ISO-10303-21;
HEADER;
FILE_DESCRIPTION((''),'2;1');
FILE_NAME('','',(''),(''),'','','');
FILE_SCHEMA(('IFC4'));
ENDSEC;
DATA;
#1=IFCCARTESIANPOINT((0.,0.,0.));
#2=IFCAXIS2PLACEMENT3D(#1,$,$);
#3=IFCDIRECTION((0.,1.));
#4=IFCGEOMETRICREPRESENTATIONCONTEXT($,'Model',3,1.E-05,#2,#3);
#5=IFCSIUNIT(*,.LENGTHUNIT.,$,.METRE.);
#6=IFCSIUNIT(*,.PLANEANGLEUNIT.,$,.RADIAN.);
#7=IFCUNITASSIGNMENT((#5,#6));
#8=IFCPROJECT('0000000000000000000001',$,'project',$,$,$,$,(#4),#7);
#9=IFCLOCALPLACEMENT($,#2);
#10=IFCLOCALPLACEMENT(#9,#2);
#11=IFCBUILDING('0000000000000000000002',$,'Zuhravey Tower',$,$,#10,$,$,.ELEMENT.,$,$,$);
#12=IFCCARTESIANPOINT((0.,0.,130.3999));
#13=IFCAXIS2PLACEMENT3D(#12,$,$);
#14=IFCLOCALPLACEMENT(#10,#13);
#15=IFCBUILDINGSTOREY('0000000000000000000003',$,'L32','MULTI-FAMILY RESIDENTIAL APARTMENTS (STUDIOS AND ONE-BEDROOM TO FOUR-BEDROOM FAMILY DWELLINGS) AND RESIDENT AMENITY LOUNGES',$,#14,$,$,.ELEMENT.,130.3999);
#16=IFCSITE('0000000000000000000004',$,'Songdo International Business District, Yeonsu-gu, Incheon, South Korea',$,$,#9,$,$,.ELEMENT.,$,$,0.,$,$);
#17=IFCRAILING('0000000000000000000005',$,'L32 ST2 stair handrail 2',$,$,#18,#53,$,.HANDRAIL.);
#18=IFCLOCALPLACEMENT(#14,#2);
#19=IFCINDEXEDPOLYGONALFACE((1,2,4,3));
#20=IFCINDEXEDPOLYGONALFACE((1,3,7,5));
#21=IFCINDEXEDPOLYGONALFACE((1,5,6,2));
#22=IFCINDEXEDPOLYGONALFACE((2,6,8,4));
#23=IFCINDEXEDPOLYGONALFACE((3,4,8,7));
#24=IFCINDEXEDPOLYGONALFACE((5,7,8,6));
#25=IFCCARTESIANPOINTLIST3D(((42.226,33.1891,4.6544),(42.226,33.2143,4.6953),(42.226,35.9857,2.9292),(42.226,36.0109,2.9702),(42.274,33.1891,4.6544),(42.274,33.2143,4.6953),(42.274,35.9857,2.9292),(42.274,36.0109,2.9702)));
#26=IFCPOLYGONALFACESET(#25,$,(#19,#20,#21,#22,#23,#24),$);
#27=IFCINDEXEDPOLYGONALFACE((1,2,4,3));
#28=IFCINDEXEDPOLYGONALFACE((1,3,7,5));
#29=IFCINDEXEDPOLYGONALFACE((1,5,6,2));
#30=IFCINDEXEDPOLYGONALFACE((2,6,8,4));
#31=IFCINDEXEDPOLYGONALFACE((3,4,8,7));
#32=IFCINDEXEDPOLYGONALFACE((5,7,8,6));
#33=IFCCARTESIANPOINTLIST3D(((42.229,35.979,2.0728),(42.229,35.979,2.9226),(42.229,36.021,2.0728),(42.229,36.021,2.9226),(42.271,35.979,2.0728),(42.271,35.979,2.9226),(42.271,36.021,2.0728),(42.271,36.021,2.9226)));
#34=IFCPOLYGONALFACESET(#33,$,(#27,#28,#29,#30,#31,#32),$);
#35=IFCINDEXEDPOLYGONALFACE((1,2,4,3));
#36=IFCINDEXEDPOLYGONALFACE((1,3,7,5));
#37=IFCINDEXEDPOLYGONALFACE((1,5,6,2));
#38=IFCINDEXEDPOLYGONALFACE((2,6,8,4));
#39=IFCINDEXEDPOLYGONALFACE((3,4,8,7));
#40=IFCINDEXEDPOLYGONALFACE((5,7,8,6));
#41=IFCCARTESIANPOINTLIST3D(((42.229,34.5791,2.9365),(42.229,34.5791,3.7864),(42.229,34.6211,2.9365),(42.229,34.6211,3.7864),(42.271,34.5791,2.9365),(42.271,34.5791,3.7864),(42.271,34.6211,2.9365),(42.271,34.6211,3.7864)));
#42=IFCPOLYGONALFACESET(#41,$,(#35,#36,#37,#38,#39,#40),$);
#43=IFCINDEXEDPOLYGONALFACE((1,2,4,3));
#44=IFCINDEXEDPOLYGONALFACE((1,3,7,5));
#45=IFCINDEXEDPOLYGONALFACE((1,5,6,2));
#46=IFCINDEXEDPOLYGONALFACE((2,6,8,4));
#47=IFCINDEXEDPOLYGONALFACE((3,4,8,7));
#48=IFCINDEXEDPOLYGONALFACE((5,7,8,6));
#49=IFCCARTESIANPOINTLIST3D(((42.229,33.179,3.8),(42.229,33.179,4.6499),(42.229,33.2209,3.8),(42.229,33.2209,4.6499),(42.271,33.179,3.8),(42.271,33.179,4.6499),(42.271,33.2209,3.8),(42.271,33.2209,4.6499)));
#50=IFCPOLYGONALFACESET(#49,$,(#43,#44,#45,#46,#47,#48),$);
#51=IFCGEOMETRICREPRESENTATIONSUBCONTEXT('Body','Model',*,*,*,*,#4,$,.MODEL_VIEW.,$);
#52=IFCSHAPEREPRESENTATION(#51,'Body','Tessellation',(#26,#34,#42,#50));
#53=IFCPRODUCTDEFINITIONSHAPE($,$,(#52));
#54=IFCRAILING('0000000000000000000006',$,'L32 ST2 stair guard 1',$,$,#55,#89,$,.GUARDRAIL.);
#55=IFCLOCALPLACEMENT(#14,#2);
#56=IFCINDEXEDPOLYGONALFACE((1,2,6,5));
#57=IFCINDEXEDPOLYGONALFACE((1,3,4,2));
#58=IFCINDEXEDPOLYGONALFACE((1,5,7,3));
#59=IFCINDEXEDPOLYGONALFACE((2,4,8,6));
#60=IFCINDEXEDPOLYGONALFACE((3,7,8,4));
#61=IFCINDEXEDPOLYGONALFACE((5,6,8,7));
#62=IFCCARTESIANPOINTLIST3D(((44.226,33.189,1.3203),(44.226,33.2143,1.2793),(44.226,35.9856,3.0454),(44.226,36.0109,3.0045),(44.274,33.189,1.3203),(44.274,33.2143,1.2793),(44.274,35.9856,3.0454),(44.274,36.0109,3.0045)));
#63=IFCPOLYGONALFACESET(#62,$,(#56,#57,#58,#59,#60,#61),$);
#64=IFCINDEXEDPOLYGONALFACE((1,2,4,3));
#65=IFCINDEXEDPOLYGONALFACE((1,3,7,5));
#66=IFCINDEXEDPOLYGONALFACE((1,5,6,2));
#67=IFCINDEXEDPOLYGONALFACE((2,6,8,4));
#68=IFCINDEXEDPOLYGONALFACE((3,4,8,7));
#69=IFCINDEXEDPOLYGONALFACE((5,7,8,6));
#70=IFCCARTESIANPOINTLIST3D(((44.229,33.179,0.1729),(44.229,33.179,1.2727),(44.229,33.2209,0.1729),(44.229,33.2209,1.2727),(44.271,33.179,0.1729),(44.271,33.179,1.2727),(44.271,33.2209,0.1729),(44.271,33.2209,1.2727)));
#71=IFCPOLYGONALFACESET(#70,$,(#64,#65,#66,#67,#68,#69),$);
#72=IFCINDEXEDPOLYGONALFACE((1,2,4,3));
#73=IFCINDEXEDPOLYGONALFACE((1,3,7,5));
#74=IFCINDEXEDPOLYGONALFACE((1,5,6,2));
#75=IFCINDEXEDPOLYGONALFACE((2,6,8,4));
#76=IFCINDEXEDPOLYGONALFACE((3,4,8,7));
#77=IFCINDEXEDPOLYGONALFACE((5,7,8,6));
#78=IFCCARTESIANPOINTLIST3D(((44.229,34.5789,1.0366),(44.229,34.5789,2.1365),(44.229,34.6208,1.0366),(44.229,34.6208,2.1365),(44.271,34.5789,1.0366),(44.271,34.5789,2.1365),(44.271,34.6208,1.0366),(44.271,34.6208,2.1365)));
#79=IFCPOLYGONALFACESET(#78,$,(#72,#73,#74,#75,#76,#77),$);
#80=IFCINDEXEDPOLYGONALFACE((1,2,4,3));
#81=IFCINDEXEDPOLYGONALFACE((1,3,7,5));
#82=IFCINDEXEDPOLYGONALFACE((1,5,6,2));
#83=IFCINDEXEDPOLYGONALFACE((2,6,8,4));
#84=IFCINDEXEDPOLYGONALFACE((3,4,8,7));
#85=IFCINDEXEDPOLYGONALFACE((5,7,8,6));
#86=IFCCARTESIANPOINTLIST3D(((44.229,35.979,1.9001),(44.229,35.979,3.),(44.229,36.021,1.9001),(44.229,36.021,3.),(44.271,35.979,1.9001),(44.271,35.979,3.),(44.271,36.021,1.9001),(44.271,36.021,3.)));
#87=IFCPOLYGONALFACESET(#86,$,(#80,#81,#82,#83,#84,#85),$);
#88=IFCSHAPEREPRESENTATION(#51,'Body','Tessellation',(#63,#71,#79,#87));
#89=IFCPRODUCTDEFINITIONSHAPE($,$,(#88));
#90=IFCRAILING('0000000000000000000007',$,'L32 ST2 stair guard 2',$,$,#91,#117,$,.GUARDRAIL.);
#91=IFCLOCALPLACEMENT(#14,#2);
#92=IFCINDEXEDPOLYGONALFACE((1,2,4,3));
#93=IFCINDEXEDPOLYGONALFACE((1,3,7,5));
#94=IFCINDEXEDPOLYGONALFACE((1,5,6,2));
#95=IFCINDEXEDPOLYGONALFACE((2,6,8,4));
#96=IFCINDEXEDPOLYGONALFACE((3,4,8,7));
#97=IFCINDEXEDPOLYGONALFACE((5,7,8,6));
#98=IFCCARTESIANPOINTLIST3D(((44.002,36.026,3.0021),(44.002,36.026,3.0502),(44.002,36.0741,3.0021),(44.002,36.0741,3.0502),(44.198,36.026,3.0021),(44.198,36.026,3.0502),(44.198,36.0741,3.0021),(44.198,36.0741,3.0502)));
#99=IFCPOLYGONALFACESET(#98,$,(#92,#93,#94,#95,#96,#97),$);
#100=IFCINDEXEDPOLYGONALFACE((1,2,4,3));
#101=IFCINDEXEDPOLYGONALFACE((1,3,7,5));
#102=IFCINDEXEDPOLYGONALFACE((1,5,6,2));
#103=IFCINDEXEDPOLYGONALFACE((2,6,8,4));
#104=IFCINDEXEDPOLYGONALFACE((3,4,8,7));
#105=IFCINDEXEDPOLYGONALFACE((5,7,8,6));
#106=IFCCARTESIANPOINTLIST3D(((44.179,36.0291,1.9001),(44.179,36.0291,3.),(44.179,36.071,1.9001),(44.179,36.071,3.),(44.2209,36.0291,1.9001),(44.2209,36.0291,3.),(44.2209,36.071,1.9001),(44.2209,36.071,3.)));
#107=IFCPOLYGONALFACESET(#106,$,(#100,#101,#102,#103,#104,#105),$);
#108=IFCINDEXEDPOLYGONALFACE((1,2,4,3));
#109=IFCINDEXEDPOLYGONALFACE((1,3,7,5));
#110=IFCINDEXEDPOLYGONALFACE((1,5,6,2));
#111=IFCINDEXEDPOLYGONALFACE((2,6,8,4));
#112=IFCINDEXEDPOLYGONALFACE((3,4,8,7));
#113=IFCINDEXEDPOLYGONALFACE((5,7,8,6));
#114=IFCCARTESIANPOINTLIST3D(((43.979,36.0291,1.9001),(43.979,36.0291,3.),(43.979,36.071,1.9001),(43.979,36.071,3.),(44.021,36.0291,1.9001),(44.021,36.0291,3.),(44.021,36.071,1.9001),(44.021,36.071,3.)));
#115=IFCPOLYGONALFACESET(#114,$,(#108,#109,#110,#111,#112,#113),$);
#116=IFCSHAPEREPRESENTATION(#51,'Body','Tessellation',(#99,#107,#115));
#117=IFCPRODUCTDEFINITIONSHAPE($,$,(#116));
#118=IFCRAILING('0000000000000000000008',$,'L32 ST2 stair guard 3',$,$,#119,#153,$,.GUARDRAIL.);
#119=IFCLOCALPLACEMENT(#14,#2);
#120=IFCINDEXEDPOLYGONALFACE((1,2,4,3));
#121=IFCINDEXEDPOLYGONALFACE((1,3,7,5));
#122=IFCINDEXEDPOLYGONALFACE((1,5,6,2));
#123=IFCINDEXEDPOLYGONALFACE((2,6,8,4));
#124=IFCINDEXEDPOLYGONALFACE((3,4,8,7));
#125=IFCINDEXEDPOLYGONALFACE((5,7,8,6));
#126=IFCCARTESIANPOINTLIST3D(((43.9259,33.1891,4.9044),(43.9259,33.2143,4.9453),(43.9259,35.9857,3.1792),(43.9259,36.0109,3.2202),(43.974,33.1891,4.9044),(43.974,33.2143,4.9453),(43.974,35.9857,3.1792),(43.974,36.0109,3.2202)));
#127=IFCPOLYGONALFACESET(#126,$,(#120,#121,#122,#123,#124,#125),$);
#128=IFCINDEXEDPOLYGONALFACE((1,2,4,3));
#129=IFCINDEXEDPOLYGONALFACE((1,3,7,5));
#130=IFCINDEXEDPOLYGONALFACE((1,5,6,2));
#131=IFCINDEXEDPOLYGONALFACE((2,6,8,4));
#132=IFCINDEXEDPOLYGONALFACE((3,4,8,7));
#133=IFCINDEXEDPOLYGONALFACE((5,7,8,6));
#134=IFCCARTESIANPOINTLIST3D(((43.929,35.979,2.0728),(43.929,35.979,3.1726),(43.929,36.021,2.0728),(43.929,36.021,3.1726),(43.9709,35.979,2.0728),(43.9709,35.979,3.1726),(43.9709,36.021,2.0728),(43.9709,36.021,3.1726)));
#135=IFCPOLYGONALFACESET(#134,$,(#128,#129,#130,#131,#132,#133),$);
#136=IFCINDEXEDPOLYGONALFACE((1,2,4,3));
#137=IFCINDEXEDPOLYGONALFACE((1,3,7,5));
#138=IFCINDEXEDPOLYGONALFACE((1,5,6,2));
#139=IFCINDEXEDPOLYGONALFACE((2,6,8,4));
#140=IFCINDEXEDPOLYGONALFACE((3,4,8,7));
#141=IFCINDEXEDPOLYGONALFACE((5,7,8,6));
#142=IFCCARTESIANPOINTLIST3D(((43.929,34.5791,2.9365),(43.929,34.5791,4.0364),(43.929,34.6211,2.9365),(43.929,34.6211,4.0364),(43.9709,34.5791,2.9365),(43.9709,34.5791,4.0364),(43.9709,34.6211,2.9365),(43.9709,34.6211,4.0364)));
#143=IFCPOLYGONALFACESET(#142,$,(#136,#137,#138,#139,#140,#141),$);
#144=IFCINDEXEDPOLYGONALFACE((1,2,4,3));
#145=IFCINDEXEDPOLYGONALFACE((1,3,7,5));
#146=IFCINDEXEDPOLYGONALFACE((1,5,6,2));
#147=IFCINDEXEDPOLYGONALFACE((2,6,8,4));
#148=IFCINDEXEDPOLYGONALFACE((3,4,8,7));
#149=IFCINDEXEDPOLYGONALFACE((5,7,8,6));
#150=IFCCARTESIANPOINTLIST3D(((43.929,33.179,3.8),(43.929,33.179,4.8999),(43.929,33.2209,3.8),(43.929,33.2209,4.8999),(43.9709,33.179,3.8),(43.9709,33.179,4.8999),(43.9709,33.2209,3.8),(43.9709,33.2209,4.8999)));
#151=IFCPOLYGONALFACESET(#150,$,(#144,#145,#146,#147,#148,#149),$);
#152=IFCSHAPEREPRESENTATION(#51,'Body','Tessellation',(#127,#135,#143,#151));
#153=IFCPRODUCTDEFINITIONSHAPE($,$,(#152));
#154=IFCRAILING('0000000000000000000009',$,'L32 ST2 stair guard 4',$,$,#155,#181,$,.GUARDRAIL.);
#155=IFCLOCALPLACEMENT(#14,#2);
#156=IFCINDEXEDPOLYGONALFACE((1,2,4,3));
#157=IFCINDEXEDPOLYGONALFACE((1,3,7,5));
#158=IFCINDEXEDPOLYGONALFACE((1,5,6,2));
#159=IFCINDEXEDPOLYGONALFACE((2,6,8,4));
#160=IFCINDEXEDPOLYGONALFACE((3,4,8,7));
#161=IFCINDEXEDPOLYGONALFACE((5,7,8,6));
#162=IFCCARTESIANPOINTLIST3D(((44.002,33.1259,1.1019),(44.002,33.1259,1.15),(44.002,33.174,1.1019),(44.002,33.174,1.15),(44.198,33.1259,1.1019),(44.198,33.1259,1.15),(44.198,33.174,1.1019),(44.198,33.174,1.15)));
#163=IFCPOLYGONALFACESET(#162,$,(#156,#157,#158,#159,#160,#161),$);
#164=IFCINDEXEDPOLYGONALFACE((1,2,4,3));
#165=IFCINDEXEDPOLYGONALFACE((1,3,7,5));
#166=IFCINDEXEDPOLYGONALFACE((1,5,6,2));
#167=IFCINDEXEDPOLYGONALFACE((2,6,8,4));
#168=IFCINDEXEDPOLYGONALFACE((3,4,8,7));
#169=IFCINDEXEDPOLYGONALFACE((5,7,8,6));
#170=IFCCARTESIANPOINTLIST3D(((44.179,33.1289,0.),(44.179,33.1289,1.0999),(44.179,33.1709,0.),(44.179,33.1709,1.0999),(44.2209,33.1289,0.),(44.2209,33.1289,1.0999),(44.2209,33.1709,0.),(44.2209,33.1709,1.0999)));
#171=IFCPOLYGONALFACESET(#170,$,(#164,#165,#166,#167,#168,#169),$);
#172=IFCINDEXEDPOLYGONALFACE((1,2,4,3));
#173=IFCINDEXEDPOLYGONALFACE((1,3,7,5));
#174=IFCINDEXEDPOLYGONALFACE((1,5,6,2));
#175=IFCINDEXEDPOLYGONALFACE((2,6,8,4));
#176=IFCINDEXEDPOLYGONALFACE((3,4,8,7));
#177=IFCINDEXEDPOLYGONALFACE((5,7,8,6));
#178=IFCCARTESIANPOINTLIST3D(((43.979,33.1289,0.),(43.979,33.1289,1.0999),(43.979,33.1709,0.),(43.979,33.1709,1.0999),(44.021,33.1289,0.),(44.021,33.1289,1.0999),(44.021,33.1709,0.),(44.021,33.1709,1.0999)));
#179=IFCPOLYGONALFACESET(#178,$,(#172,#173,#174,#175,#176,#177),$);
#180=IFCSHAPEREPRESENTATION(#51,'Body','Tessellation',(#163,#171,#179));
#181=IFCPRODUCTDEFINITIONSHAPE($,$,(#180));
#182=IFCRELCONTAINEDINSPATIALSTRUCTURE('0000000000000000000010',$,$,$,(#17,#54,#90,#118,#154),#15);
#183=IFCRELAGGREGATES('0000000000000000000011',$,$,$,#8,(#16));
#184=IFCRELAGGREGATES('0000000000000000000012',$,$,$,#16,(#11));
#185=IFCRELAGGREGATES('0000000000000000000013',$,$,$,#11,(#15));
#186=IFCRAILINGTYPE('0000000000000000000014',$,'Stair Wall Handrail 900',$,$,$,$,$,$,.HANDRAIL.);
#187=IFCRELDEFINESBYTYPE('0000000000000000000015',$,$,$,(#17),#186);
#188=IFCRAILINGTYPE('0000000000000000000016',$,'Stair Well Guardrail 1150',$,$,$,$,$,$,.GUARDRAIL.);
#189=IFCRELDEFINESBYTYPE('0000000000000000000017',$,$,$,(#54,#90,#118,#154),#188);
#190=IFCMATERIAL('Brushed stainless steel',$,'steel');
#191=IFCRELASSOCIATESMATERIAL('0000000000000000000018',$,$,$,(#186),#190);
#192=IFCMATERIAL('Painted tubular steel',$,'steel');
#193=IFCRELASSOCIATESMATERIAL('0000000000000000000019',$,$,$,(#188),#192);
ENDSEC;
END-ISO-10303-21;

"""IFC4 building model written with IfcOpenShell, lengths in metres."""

from ifc_helpers import new_model, si_unit, direction, frame, origin, origin_2d, place, context, subcontext, project, spatial, rectangle, extrude, material, type_object, element, save


model = new_model("IFC4")

# Units and contexts
model_context = context("Model", 3, precision=1e-05, world=origin(), true_north=direction((0.0, 1.0)))
body_context = subcontext(model_context, "Body", "Model", "MODEL_VIEW")
ifc_project = project(units=[si_unit("LENGTHUNIT", "METRE"), si_unit("PLANEANGLEUNIT", "RADIAN")], contexts=[model_context])

# Site, building, storey
site_placement = place(None, origin())
site = spatial("IfcSite", under=ifc_project, at=site_placement, Name="Songdo International Business District, Yeonsu-gu, Incheon, South Korea", CompositionType="ELEMENT", RefElevation=0.0)
building_placement = place(site_placement, origin())
building = spatial("IfcBuilding", under=site, at=building_placement, Name="Zuhravey Tower", CompositionType="ELEMENT")
storey_placement = place(building_placement, frame((0.0, 0.0, 130.3999)))
storey = spatial("IfcBuildingStorey", under=building, at=storey_placement, Name="L32", Description="MULTI-FAMILY RESIDENTIAL APARTMENTS (STUDIOS AND ONE-BEDROOM TO FOUR-BEDROOM FAMILY DWELLINGS) AND RESIDENT AMENITY LOUNGES", CompositionType="ELEMENT", Elevation=130.3999)

# Railings
ifc_material_1 = material(Name="Brushed stainless steel", Category="steel")
railing_type_1 = type_object("IfcRailingType", Name="Stair Wall Handrail 900", PredefinedType="HANDRAIL", material=ifc_material_1)
railing_1_placement = place(storey_placement, frame((42.25, 36.0, 2.0728)))
element("IfcRailing", 1, at=railing_1_placement, inside=storey, type_object=railing_type_1, Name="L32 ST2 stair handrail 2", PredefinedType="HANDRAIL", context=body_context, shape_type="SweptSolid", body=[
    extrude(rectangle(XDim=0.0481, YDim=0.0481, at=origin_2d()), frame((0.0, -0.0017, 0.877), z_axis=(0.0, -0.85109, 0.52502), x_axis=(1.0, 0.0, 0.0)), (0.0, 0.0, 1.0), 3.2859),
    extrude(rectangle(XDim=0.042, YDim=0.042, at=origin_2d()), origin(), (0.0, 0.0, 1.0), 0.8499),
    extrude(rectangle(XDim=0.042, YDim=0.042, at=origin_2d()), frame((0.0, -1.3999, 0.8638)), (0.0, 0.0, 1.0), 0.8499),
    extrude(rectangle(XDim=0.042, YDim=0.042, at=origin_2d()), frame((0.0, -2.8, 1.7273)), (0.0, 0.0, 1.0), 0.8499),
])
ifc_material_2 = material(Name="Painted tubular steel", Category="steel")
railing_type_2 = type_object("IfcRailingType", Name="Stair Well Guardrail 1150", PredefinedType="GUARDRAIL", material=ifc_material_2)
railing_2_placement = place(storey_placement, frame((44.25, 33.2, 0.1729)))
element("IfcRailing", 2, at=railing_2_placement, inside=storey, type_object=railing_type_2, Name="L32 ST2 stair guard 1", PredefinedType="GUARDRAIL", context=body_context, shape_type="SweptSolid", body=[
    extrude(rectangle(XDim=0.0481, YDim=0.0481, at=origin_2d()), frame((0.0, 0.0017, 1.127), z_axis=(0.0, 0.85109, 0.52502), x_axis=(-1.0, 0.0, 0.0)), (0.0, 0.0, 1.0), 3.2859),
    extrude(rectangle(XDim=0.042, YDim=0.042, at=origin_2d()), origin(), (0.0, 0.0, 1.0), 1.0999),
    extrude(rectangle(XDim=0.042, YDim=0.042, at=origin_2d()), frame((0.0, 1.3999, 0.8638)), (0.0, 0.0, 1.0), 1.0999),
    extrude(rectangle(XDim=0.042, YDim=0.042, at=origin_2d()), frame((0.0, 2.8, 1.7273)), (0.0, 0.0, 1.0), 1.0999),
])
railing_3_placement = place(storey_placement, frame((44.2, 36.05, 1.9001)))
element("IfcRailing", 3, at=railing_3_placement, inside=storey, type_object=railing_type_2, Name="L32 ST2 stair guard 2", PredefinedType="GUARDRAIL", context=body_context, shape_type="SweptSolid", body=[
    extrude(rectangle(XDim=0.0481, YDim=0.0481, at=origin_2d()), frame((-0.002, 0.0, 1.126), z_axis=(-1.0, 0.0, 0.0), x_axis=(0.0, -1.0, 0.0)), (0.0, 0.0, 1.0), 0.196),
    extrude(rectangle(XDim=0.042, YDim=0.042, at=origin_2d()), origin(), (0.0, 0.0, 1.0), 1.0999),
    extrude(rectangle(XDim=0.042, YDim=0.042, at=origin_2d()), frame((-0.2, 0.0, 0.0)), (0.0, 0.0, 1.0), 1.0999),
])
railing_4_placement = place(storey_placement, frame((43.95, 36.0, 2.0728)))
element("IfcRailing", 4, at=railing_4_placement, inside=storey, type_object=railing_type_2, Name="L32 ST2 stair guard 3", PredefinedType="GUARDRAIL", context=body_context, shape_type="SweptSolid", body=[
    extrude(rectangle(XDim=0.0481, YDim=0.0481, at=origin_2d()), frame((0.0, -0.0017, 1.127), z_axis=(0.0, -0.85109, 0.52502), x_axis=(1.0, 0.0, 0.0)), (0.0, 0.0, 1.0), 3.2859),
    extrude(rectangle(XDim=0.042, YDim=0.042, at=origin_2d()), origin(), (0.0, 0.0, 1.0), 1.0999),
    extrude(rectangle(XDim=0.042, YDim=0.042, at=origin_2d()), frame((0.0, -1.3999, 0.8638)), (0.0, 0.0, 1.0), 1.0999),
    extrude(rectangle(XDim=0.042, YDim=0.042, at=origin_2d()), frame((0.0, -2.8, 1.7273)), (0.0, 0.0, 1.0), 1.0999),
])
railing_5_placement = place(storey_placement, frame((44.2, 33.1499, 0.0)))
element("IfcRailing", 5, at=railing_5_placement, inside=storey, type_object=railing_type_2, Name="L32 ST2 stair guard 4", PredefinedType="GUARDRAIL", context=body_context, shape_type="SweptSolid", body=[
    extrude(rectangle(XDim=0.0481, YDim=0.0481, at=origin_2d()), frame((-0.002, 0.0, 1.126), z_axis=(-1.0, 0.0, 0.0), x_axis=(0.0, -1.0, 0.0)), (0.0, 0.0, 1.0), 0.196),
    extrude(rectangle(XDim=0.042, YDim=0.042, at=origin_2d()), origin(), (0.0, 0.0, 1.0), 1.0999),
    extrude(rectangle(XDim=0.042, YDim=0.042, at=origin_2d()), frame((-0.2, 0.0, 0.0)), (0.0, 0.0, 1.0), 1.0999),
])

save(model, "model.ifc")
